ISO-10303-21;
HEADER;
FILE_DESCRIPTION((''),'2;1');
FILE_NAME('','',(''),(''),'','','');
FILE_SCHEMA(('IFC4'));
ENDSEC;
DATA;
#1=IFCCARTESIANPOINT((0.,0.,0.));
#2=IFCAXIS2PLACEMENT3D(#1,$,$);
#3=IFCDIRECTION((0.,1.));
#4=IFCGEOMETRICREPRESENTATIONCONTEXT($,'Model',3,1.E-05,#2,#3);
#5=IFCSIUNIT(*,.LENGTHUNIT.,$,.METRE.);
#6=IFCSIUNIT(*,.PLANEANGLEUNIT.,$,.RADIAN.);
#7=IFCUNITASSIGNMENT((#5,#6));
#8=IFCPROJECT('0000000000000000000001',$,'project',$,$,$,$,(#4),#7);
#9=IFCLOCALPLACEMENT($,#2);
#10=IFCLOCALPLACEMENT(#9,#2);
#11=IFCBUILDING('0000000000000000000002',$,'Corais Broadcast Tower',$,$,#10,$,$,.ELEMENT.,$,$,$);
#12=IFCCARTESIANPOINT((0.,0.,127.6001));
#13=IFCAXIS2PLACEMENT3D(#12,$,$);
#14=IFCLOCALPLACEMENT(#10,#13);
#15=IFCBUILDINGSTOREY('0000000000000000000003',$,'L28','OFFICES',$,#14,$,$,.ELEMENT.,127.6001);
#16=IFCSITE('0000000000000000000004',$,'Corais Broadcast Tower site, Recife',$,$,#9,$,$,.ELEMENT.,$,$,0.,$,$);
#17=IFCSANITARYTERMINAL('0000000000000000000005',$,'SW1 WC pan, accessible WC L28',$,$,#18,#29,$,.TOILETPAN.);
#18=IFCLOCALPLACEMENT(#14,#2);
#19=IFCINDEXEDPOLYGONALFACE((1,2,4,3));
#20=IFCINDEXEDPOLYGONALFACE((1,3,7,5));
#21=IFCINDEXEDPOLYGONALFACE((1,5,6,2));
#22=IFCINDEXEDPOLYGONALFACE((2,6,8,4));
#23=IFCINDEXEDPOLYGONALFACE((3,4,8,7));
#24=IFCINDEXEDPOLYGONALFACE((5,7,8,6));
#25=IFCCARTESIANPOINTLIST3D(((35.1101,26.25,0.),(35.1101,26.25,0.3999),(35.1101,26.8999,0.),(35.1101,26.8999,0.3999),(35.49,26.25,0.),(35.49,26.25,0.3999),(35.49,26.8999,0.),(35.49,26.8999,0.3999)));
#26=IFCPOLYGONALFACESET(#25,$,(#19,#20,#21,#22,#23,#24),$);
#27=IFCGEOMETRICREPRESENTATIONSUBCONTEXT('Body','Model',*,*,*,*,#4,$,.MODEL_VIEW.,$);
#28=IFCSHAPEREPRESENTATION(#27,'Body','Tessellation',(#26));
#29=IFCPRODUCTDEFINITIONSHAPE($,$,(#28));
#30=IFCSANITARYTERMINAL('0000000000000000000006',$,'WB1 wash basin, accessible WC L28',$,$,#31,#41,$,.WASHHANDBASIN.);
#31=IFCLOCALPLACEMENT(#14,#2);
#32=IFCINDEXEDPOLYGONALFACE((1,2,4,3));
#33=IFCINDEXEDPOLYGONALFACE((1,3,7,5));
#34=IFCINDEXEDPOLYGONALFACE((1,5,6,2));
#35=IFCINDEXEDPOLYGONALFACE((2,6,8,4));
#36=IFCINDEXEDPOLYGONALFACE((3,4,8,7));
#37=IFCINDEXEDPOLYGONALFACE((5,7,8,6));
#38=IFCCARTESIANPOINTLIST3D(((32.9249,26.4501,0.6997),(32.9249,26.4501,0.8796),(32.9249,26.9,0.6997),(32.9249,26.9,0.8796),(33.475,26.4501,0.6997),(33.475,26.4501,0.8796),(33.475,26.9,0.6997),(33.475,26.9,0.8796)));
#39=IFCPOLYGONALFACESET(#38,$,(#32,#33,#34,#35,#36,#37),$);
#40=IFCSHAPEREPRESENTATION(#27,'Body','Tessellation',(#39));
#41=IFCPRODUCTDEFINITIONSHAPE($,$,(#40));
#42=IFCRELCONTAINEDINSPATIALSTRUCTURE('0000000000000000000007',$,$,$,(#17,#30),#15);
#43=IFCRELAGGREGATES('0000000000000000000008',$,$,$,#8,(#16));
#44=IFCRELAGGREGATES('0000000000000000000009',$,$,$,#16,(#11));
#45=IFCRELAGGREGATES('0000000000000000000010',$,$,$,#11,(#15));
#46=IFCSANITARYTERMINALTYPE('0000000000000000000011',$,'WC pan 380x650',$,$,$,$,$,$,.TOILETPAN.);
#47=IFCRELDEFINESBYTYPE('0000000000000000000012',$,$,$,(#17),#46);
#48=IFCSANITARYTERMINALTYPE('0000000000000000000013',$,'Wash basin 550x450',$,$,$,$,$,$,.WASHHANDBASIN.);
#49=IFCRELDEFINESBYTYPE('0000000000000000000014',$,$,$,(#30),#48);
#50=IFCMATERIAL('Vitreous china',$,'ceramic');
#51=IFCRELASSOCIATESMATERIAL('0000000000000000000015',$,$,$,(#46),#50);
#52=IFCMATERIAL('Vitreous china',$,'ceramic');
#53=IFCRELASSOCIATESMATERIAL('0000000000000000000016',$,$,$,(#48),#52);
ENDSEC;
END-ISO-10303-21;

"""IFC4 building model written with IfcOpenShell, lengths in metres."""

from ifc_helpers import new_model, si_unit, direction, frame, origin, origin_2d, place, context, subcontext, project, spatial, rectangle, extrude, material, type_object, element, save


model = new_model("IFC4")

# Units and contexts
model_context = context("Model", 3, precision=1e-05, world=origin(), true_north=direction((0.0, 1.0)))
body_context = subcontext(model_context, "Body", "Model", "MODEL_VIEW")
ifc_project = project(units=[si_unit("LENGTHUNIT", "METRE"), si_unit("PLANEANGLEUNIT", "RADIAN")], contexts=[model_context])

# Site, building, storey
site_placement = place(None, origin())
site = spatial("IfcSite", under=ifc_project, at=site_placement, Name="Corais Broadcast Tower site, Recife", CompositionType="ELEMENT", RefElevation=0.0)
building_placement = place(site_placement, origin())
building = spatial("IfcBuilding", under=site, at=building_placement, Name="Corais Broadcast Tower", CompositionType="ELEMENT")
storey_placement = place(building_placement, frame((0.0, 0.0, 127.6001)))
storey = spatial("IfcBuildingStorey", under=building, at=storey_placement, Name="L28", Description="OFFICES", CompositionType="ELEMENT", Elevation=127.6001)

# Sanitary terminals
ifc_material_1 = material(Name="Vitreous china", Category="ceramic")
sanitary_terminal_type_1 = type_object("IfcSanitaryTerminalType", Name="WC pan 380x650", PredefinedType="TOILETPAN", material=ifc_material_1)
for number, where, z_axis, x_axis, name in (
    (1, (35.3, 26.575, 0.0), (0.0, 0.0, 1.0), (1.0, 0.0, 0.0), "SW1 WC pan, accessible WC L28"),
):
    element("IfcSanitaryTerminal", number, at=place(storey_placement, frame(where, z_axis=z_axis, x_axis=x_axis)), inside=storey, type_object=sanitary_terminal_type_1, Name=name, PredefinedType="TOILETPAN", context=body_context, shape_type="SweptSolid", body=[
        extrude(rectangle(XDim=0.3799, YDim=0.6499, at=origin_2d()), origin(), (0.0, 0.0, 1.0), 0.3999),
    ])
ifc_material_2 = material(Name="Vitreous china", Category="ceramic")
sanitary_terminal_type_2 = type_object("IfcSanitaryTerminalType", Name="Wash basin 550x450", PredefinedType="WASHHANDBASIN", material=ifc_material_2)
sanitary_terminal_placement = place(storey_placement, frame((33.2, 26.675, 0.6997), z_axis=(0.0, 0.0, 1.0), x_axis=(1.0, 0.0, 0.0)))
element("IfcSanitaryTerminal", 2, at=sanitary_terminal_placement, inside=storey, type_object=sanitary_terminal_type_2, Name="WB1 wash basin, accessible WC L28", PredefinedType="WASHHANDBASIN", context=body_context, shape_type="SweptSolid", body=[
    extrude(rectangle(XDim=0.55, YDim=0.45, at=origin_2d()), origin(), (0.0, 0.0, 1.0), 0.1799),
])

save(model, "model.ifc")
